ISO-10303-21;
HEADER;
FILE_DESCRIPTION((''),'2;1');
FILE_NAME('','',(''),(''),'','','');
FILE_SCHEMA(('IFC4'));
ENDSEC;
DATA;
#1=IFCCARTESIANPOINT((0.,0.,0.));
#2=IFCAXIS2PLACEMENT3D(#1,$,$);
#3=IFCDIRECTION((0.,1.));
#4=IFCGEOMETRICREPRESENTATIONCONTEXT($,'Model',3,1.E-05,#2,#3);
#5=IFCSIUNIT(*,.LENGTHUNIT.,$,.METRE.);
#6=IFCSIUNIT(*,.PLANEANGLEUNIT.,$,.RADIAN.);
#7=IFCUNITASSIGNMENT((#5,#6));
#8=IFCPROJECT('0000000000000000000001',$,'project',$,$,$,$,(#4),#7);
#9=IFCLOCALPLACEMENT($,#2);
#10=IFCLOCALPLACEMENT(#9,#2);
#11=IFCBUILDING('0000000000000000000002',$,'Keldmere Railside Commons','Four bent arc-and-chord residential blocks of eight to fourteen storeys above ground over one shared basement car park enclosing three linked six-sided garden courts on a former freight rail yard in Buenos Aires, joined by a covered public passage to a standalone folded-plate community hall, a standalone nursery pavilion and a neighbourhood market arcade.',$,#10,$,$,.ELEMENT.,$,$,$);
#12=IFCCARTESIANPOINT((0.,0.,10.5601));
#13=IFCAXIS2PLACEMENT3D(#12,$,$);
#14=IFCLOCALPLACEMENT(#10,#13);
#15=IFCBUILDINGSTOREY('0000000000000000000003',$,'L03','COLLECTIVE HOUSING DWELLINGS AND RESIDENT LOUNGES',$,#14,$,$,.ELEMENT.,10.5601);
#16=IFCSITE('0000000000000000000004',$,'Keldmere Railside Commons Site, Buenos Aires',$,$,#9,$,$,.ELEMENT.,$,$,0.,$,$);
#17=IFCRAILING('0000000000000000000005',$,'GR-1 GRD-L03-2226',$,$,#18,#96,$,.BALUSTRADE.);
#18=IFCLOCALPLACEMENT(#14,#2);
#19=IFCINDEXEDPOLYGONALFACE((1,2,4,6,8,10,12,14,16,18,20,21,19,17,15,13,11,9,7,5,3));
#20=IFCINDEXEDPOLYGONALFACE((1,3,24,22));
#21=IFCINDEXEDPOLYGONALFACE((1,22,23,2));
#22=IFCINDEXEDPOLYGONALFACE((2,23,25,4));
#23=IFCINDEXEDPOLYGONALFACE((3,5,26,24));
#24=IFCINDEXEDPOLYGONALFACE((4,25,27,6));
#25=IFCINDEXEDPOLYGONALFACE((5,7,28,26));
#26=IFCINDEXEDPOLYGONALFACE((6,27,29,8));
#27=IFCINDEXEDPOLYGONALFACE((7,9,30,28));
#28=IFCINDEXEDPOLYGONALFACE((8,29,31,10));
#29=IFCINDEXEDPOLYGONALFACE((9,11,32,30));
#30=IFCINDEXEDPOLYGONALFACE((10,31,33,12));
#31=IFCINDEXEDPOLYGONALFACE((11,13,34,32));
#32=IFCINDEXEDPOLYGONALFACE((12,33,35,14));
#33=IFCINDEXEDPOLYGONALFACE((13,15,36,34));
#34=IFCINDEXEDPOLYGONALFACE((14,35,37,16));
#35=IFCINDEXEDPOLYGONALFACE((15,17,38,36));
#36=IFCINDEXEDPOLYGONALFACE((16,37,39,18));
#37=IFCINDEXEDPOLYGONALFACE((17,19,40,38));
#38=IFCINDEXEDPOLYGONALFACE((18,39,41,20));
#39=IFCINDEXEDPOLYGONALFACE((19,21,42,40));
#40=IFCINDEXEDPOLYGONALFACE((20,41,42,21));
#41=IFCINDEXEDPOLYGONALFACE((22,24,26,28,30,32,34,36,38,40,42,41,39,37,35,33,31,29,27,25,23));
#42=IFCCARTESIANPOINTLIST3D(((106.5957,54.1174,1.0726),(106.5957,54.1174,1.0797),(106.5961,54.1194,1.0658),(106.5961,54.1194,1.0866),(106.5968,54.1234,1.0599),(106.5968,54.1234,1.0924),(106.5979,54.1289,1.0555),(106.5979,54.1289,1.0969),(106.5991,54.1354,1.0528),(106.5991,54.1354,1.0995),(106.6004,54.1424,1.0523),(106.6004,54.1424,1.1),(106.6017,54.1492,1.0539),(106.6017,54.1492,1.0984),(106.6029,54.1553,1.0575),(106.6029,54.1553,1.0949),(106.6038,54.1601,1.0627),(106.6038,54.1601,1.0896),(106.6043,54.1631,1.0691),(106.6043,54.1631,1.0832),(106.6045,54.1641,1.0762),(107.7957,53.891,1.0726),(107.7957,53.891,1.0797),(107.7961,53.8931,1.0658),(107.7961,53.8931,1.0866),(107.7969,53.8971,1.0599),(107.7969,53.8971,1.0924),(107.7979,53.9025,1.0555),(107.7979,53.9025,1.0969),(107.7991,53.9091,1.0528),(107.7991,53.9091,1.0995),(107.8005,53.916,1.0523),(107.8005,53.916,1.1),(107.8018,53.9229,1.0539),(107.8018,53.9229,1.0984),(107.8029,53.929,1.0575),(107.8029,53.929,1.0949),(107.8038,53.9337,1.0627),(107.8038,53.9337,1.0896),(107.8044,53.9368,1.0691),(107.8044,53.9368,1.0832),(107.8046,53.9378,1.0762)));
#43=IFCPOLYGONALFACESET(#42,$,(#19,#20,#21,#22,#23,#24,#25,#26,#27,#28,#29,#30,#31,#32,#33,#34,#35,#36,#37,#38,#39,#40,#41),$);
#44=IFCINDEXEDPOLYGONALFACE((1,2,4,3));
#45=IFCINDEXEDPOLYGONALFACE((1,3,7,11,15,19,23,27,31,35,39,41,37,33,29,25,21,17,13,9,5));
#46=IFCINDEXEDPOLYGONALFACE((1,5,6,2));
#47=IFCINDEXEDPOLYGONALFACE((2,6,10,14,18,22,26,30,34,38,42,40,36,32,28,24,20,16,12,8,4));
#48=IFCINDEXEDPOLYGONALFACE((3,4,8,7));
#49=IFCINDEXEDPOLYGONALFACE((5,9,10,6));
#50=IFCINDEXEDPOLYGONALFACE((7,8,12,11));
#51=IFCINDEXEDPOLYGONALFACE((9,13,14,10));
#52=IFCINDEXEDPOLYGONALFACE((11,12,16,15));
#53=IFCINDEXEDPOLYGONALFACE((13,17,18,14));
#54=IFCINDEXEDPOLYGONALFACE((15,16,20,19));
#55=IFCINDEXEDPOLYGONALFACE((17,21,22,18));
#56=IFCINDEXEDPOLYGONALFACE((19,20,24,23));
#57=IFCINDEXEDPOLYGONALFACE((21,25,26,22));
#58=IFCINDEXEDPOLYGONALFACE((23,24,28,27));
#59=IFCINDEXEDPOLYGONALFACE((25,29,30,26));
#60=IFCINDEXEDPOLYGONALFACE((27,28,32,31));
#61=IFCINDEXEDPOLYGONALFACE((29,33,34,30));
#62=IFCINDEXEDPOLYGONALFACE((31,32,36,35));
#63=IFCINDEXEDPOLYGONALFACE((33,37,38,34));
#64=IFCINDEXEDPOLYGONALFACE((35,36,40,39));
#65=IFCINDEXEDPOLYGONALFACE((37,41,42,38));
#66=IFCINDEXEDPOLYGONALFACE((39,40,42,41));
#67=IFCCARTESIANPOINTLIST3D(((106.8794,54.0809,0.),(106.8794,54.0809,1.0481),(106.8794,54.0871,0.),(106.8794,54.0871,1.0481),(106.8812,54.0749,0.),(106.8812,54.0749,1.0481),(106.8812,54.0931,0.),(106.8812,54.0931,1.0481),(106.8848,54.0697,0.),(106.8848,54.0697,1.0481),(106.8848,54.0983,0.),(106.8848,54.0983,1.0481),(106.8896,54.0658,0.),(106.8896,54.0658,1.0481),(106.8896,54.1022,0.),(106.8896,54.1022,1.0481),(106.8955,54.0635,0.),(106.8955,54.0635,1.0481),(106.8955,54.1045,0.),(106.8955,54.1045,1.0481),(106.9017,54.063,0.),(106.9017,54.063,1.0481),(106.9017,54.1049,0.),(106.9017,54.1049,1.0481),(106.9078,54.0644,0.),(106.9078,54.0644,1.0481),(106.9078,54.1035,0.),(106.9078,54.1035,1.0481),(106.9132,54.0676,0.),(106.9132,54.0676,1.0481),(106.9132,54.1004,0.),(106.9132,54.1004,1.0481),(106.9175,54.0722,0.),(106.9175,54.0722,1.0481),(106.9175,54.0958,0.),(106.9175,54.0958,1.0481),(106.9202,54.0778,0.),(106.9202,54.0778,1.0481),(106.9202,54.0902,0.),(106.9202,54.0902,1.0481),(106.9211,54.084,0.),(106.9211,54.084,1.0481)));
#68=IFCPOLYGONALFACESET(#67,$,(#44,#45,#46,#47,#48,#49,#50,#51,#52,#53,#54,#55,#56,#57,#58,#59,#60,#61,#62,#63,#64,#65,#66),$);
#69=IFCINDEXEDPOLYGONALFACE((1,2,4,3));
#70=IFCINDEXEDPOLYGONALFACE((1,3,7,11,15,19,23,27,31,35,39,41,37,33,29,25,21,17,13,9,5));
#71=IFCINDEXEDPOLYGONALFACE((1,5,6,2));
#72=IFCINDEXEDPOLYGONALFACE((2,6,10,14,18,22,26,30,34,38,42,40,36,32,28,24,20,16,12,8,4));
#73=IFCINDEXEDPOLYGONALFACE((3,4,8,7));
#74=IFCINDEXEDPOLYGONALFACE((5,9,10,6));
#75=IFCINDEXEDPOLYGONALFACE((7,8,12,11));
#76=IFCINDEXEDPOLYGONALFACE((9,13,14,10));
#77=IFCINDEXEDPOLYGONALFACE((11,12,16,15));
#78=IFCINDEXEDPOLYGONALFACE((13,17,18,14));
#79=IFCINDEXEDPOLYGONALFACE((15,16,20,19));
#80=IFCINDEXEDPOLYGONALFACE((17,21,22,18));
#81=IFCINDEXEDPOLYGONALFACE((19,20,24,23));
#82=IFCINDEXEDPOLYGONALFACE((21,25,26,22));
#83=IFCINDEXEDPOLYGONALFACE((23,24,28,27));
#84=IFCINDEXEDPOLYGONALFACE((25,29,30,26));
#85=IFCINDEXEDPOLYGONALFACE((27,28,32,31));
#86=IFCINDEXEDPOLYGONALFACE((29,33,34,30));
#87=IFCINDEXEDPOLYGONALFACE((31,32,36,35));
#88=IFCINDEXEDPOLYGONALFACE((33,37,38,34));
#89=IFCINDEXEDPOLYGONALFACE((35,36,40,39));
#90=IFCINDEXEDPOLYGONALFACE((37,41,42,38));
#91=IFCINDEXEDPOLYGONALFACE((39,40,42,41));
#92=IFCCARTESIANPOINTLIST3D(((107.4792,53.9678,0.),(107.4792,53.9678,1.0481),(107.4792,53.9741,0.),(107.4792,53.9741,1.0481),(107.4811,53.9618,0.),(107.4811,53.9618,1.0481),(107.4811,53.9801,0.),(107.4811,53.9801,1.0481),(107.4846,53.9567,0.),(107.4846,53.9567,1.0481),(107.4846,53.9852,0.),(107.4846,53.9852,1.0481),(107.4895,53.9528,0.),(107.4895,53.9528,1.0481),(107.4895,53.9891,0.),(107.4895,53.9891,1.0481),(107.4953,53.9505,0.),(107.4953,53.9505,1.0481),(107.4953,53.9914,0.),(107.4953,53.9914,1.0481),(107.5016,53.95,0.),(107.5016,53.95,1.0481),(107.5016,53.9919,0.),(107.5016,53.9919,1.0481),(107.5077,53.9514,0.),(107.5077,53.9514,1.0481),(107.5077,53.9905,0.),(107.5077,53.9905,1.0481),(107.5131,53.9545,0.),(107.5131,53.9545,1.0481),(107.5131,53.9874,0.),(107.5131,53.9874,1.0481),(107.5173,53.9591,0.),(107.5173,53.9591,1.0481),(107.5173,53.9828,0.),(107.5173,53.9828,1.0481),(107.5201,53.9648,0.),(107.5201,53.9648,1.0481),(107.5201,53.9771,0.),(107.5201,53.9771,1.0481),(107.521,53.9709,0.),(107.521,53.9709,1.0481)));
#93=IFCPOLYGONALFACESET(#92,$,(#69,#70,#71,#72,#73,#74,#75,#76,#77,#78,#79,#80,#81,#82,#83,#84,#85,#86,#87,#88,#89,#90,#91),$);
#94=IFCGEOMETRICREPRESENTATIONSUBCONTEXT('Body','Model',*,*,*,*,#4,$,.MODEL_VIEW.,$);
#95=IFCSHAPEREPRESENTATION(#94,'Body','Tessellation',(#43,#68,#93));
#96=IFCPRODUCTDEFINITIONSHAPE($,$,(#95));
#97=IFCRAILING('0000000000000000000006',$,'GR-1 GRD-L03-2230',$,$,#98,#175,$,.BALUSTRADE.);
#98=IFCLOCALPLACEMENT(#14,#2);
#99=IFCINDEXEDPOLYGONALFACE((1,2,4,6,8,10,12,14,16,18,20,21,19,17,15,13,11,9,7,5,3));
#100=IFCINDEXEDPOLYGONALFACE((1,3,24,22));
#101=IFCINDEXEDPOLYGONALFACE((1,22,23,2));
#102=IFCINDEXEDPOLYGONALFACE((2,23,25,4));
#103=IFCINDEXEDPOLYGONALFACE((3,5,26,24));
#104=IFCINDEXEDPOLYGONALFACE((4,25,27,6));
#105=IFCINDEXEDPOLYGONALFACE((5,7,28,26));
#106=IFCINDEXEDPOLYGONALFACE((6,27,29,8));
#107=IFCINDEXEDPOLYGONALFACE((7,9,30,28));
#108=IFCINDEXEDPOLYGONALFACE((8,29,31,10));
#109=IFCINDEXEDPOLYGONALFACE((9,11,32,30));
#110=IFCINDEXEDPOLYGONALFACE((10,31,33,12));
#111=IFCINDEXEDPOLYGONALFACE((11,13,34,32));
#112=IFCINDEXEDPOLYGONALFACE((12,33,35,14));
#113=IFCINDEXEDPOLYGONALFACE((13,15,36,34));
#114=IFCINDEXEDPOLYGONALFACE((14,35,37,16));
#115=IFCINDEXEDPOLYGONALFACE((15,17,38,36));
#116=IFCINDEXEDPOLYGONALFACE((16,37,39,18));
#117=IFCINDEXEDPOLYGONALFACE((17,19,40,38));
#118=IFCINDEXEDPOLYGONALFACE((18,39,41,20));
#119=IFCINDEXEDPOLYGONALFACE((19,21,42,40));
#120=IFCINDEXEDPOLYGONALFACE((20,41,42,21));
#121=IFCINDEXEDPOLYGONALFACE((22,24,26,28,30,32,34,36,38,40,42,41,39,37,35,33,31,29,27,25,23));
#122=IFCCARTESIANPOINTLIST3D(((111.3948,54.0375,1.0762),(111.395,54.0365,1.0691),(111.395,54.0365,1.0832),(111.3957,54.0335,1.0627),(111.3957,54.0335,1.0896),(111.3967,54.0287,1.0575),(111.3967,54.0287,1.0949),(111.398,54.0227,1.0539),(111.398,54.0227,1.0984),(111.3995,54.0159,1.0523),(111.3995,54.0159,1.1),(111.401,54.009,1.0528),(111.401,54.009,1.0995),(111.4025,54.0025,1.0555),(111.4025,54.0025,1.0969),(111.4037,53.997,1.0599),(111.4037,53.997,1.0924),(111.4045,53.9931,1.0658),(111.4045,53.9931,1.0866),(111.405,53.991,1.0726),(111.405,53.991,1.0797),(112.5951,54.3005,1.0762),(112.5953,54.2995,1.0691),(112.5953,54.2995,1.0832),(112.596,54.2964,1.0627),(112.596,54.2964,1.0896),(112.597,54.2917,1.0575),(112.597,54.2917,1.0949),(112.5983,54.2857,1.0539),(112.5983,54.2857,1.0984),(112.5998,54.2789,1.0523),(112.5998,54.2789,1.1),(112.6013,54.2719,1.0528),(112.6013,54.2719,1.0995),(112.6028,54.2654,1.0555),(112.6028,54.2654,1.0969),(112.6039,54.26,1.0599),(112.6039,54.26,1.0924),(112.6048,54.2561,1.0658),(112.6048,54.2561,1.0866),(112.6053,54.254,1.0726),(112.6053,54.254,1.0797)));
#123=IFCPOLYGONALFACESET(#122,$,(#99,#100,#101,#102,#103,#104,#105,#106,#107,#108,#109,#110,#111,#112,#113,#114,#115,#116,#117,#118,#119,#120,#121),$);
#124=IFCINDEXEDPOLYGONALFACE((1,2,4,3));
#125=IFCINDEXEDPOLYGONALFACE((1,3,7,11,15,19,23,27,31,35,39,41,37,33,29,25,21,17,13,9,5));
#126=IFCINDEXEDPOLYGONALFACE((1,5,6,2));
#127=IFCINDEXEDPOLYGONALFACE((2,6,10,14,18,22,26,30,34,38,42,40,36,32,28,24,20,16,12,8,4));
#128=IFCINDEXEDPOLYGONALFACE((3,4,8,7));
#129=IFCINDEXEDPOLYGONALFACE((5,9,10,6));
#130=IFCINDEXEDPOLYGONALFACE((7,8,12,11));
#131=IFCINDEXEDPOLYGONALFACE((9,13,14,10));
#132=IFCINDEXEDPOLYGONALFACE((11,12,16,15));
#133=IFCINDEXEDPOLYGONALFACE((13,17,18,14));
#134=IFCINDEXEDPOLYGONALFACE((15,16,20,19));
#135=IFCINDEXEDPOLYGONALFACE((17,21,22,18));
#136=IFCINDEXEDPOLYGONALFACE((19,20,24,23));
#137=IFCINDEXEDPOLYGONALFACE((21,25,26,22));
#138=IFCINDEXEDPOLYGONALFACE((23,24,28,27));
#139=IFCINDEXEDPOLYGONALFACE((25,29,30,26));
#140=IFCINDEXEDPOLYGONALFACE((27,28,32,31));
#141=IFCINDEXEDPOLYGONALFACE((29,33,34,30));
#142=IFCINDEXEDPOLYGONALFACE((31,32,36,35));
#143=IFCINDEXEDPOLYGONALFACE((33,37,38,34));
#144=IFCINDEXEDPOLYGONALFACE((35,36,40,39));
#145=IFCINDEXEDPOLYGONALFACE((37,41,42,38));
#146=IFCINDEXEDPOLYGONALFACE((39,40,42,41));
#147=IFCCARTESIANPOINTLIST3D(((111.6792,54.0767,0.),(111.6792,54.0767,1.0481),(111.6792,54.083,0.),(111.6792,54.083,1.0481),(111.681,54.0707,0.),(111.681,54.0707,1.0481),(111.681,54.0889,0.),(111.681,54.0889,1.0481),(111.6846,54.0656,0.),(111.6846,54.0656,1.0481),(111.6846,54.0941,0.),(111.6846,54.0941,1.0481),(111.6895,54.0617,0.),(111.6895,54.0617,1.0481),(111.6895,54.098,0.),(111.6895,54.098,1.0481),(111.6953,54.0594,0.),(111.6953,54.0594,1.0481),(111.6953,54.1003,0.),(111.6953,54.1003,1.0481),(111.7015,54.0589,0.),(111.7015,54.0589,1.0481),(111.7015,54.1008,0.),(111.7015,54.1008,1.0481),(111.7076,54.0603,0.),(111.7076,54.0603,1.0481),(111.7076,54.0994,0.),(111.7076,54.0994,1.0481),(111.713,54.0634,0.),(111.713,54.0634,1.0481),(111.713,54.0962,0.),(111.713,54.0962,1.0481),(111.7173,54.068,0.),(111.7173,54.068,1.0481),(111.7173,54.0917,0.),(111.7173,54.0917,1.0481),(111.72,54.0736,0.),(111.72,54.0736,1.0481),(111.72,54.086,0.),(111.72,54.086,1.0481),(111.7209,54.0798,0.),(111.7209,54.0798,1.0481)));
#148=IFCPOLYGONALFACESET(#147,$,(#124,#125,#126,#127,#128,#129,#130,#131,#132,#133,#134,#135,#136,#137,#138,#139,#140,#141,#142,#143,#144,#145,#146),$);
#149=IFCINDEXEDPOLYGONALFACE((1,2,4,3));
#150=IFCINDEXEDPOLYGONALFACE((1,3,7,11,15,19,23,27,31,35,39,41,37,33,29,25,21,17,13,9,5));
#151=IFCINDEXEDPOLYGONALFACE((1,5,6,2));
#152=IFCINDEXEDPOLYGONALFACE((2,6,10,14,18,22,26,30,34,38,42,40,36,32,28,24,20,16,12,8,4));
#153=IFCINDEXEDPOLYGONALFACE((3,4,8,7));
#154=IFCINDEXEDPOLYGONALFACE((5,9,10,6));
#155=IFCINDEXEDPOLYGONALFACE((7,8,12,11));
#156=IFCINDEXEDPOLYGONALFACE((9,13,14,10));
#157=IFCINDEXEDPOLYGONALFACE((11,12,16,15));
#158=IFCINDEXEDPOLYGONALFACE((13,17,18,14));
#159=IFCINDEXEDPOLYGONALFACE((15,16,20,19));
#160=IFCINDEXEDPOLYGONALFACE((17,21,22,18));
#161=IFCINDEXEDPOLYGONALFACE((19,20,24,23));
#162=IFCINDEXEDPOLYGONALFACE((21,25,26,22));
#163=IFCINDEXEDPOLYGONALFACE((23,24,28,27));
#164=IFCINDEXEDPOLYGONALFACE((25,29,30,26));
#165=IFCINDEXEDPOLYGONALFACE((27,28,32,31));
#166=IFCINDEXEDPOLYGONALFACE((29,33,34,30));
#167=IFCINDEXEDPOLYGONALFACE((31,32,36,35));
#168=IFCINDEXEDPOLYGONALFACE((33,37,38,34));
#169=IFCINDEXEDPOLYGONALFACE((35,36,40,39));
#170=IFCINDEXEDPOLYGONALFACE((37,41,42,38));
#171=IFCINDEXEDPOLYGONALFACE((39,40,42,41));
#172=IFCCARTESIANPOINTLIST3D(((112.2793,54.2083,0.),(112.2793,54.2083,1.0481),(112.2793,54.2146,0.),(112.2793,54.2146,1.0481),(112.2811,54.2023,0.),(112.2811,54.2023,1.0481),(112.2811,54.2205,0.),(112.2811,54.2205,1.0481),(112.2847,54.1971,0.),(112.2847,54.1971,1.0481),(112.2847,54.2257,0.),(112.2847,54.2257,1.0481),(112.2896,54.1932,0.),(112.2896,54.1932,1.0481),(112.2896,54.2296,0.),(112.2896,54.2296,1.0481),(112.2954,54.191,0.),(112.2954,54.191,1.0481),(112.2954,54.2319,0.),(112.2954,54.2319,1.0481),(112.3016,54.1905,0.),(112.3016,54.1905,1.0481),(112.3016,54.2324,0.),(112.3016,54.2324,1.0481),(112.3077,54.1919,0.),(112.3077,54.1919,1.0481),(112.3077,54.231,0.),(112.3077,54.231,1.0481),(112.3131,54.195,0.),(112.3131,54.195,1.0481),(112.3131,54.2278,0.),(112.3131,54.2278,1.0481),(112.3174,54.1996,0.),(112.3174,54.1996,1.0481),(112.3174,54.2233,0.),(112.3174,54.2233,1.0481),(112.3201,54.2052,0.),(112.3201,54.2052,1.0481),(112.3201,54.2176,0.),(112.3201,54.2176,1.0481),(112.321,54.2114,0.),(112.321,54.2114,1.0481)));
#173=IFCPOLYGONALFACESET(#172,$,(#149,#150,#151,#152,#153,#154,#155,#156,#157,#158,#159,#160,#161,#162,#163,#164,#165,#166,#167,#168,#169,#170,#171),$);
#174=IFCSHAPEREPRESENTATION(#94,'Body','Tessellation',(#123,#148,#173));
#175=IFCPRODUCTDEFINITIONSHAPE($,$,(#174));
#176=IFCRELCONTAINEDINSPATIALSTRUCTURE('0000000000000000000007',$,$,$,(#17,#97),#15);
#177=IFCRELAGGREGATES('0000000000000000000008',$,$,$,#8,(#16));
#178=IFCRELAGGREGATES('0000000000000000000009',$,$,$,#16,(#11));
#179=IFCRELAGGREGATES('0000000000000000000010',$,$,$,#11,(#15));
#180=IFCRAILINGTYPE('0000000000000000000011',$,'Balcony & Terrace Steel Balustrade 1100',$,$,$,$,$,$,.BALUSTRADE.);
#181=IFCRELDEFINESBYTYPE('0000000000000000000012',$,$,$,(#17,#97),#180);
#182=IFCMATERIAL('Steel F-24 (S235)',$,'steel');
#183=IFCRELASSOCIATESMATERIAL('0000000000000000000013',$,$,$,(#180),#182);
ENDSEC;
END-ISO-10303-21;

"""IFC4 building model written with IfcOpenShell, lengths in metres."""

from ifc_helpers import new_model, si_unit, direction, frame, origin, origin_2d, place, context, subcontext, project, spatial, circle, extrude, material, type_object, element, save


model = new_model("IFC4")

# Units and contexts
model_context = context("Model", 3, precision=1e-05, world=origin(), true_north=direction((0.0, 1.0)))
body_context = subcontext(model_context, "Body", "Model", "MODEL_VIEW")
ifc_project = project(units=[si_unit("LENGTHUNIT", "METRE"), si_unit("PLANEANGLEUNIT", "RADIAN")], contexts=[model_context])

# Site, building, storey
site_placement = place(None, origin())
site = spatial("IfcSite", under=ifc_project, at=site_placement, Name="Keldmere Railside Commons Site, Buenos Aires", CompositionType="ELEMENT", RefElevation=0.0)
building_placement = place(site_placement, origin())
building = spatial("IfcBuilding", under=site, at=building_placement, Name="Keldmere Railside Commons", Description="Four bent arc-and-chord residential blocks of eight to fourteen storeys above ground over one shared basement car park enclosing three linked six-sided garden courts on a former freight rail yard in Buenos Aires, joined by a covered public passage to a standalone folded-plate community hall, a standalone nursery pavilion and a neighbourhood market arcade.", CompositionType="ELEMENT")
storey_placement = place(building_placement, frame((0.0, 0.0, 10.5601)))
storey = spatial("IfcBuildingStorey", under=building, at=storey_placement, Name="L03", Description="COLLECTIVE HOUSING DWELLINGS AND RESIDENT LOUNGES", CompositionType="ELEMENT", Elevation=10.5601)

# Shared definitions
ifc_material_1 = material(Name="Steel F-24 (S235)", Category="steel")

# Railings
railing_type = type_object("IfcRailingType", Name="Balcony & Terrace Steel Balustrade 1100", PredefinedType="BALUSTRADE", material=ifc_material_1)
railing_1_placement = place(storey_placement, frame((106.6001, 54.1406, 0.0)))
element("IfcRailing", 1, at=railing_1_placement, inside=storey, type_object=railing_type, Name="GR-1 GRD-L03-2226", PredefinedType="BALUSTRADE", context=body_context, shape_type="SweptSolid", body=[
    extrude(circle(Radius=0.0239, at=origin_2d()), frame((0.0, 0.0, 1.0762), z_axis=(0.982675, -0.185339, 0.0), x_axis=(0.185339, 0.982675, 0.0)), (0.0, 0.0, 1.0), 1.2212),
    extrude(circle(Radius=0.021, at=origin_2d()), frame((0.3, -0.0566, 0.0)), (0.0, 0.0, 1.0), 1.0481),
    extrude(circle(Radius=0.021, at=origin_2d()), frame((0.8999, -0.1697, 0.0)), (0.0, 0.0, 1.0), 1.0481),
])
railing_2_placement = place(storey_placement, frame((111.3999, 54.0142, 0.0)))
element("IfcRailing", 2, at=railing_2_placement, inside=storey, type_object=railing_type, Name="GR-1 GRD-L03-2230", PredefinedType="BALUSTRADE", context=body_context, shape_type="SweptSolid", body=[
    extrude(circle(Radius=0.0239, at=origin_2d()), frame((0.0, 0.0, 1.0762), z_axis=(0.976833, 0.214005, 0.0), x_axis=(-0.214005, 0.976833, 0.0)), (0.0, 0.0, 1.0), 1.2288),
    extrude(circle(Radius=0.021, at=origin_2d()), frame((0.3, 0.0657, 0.0)), (0.0, 0.0, 1.0), 1.0481),
    extrude(circle(Radius=0.021, at=origin_2d()), frame((0.9001, 0.1973, 0.0)), (0.0, 0.0, 1.0), 1.0481),
])

save(model, "model.ifc")
